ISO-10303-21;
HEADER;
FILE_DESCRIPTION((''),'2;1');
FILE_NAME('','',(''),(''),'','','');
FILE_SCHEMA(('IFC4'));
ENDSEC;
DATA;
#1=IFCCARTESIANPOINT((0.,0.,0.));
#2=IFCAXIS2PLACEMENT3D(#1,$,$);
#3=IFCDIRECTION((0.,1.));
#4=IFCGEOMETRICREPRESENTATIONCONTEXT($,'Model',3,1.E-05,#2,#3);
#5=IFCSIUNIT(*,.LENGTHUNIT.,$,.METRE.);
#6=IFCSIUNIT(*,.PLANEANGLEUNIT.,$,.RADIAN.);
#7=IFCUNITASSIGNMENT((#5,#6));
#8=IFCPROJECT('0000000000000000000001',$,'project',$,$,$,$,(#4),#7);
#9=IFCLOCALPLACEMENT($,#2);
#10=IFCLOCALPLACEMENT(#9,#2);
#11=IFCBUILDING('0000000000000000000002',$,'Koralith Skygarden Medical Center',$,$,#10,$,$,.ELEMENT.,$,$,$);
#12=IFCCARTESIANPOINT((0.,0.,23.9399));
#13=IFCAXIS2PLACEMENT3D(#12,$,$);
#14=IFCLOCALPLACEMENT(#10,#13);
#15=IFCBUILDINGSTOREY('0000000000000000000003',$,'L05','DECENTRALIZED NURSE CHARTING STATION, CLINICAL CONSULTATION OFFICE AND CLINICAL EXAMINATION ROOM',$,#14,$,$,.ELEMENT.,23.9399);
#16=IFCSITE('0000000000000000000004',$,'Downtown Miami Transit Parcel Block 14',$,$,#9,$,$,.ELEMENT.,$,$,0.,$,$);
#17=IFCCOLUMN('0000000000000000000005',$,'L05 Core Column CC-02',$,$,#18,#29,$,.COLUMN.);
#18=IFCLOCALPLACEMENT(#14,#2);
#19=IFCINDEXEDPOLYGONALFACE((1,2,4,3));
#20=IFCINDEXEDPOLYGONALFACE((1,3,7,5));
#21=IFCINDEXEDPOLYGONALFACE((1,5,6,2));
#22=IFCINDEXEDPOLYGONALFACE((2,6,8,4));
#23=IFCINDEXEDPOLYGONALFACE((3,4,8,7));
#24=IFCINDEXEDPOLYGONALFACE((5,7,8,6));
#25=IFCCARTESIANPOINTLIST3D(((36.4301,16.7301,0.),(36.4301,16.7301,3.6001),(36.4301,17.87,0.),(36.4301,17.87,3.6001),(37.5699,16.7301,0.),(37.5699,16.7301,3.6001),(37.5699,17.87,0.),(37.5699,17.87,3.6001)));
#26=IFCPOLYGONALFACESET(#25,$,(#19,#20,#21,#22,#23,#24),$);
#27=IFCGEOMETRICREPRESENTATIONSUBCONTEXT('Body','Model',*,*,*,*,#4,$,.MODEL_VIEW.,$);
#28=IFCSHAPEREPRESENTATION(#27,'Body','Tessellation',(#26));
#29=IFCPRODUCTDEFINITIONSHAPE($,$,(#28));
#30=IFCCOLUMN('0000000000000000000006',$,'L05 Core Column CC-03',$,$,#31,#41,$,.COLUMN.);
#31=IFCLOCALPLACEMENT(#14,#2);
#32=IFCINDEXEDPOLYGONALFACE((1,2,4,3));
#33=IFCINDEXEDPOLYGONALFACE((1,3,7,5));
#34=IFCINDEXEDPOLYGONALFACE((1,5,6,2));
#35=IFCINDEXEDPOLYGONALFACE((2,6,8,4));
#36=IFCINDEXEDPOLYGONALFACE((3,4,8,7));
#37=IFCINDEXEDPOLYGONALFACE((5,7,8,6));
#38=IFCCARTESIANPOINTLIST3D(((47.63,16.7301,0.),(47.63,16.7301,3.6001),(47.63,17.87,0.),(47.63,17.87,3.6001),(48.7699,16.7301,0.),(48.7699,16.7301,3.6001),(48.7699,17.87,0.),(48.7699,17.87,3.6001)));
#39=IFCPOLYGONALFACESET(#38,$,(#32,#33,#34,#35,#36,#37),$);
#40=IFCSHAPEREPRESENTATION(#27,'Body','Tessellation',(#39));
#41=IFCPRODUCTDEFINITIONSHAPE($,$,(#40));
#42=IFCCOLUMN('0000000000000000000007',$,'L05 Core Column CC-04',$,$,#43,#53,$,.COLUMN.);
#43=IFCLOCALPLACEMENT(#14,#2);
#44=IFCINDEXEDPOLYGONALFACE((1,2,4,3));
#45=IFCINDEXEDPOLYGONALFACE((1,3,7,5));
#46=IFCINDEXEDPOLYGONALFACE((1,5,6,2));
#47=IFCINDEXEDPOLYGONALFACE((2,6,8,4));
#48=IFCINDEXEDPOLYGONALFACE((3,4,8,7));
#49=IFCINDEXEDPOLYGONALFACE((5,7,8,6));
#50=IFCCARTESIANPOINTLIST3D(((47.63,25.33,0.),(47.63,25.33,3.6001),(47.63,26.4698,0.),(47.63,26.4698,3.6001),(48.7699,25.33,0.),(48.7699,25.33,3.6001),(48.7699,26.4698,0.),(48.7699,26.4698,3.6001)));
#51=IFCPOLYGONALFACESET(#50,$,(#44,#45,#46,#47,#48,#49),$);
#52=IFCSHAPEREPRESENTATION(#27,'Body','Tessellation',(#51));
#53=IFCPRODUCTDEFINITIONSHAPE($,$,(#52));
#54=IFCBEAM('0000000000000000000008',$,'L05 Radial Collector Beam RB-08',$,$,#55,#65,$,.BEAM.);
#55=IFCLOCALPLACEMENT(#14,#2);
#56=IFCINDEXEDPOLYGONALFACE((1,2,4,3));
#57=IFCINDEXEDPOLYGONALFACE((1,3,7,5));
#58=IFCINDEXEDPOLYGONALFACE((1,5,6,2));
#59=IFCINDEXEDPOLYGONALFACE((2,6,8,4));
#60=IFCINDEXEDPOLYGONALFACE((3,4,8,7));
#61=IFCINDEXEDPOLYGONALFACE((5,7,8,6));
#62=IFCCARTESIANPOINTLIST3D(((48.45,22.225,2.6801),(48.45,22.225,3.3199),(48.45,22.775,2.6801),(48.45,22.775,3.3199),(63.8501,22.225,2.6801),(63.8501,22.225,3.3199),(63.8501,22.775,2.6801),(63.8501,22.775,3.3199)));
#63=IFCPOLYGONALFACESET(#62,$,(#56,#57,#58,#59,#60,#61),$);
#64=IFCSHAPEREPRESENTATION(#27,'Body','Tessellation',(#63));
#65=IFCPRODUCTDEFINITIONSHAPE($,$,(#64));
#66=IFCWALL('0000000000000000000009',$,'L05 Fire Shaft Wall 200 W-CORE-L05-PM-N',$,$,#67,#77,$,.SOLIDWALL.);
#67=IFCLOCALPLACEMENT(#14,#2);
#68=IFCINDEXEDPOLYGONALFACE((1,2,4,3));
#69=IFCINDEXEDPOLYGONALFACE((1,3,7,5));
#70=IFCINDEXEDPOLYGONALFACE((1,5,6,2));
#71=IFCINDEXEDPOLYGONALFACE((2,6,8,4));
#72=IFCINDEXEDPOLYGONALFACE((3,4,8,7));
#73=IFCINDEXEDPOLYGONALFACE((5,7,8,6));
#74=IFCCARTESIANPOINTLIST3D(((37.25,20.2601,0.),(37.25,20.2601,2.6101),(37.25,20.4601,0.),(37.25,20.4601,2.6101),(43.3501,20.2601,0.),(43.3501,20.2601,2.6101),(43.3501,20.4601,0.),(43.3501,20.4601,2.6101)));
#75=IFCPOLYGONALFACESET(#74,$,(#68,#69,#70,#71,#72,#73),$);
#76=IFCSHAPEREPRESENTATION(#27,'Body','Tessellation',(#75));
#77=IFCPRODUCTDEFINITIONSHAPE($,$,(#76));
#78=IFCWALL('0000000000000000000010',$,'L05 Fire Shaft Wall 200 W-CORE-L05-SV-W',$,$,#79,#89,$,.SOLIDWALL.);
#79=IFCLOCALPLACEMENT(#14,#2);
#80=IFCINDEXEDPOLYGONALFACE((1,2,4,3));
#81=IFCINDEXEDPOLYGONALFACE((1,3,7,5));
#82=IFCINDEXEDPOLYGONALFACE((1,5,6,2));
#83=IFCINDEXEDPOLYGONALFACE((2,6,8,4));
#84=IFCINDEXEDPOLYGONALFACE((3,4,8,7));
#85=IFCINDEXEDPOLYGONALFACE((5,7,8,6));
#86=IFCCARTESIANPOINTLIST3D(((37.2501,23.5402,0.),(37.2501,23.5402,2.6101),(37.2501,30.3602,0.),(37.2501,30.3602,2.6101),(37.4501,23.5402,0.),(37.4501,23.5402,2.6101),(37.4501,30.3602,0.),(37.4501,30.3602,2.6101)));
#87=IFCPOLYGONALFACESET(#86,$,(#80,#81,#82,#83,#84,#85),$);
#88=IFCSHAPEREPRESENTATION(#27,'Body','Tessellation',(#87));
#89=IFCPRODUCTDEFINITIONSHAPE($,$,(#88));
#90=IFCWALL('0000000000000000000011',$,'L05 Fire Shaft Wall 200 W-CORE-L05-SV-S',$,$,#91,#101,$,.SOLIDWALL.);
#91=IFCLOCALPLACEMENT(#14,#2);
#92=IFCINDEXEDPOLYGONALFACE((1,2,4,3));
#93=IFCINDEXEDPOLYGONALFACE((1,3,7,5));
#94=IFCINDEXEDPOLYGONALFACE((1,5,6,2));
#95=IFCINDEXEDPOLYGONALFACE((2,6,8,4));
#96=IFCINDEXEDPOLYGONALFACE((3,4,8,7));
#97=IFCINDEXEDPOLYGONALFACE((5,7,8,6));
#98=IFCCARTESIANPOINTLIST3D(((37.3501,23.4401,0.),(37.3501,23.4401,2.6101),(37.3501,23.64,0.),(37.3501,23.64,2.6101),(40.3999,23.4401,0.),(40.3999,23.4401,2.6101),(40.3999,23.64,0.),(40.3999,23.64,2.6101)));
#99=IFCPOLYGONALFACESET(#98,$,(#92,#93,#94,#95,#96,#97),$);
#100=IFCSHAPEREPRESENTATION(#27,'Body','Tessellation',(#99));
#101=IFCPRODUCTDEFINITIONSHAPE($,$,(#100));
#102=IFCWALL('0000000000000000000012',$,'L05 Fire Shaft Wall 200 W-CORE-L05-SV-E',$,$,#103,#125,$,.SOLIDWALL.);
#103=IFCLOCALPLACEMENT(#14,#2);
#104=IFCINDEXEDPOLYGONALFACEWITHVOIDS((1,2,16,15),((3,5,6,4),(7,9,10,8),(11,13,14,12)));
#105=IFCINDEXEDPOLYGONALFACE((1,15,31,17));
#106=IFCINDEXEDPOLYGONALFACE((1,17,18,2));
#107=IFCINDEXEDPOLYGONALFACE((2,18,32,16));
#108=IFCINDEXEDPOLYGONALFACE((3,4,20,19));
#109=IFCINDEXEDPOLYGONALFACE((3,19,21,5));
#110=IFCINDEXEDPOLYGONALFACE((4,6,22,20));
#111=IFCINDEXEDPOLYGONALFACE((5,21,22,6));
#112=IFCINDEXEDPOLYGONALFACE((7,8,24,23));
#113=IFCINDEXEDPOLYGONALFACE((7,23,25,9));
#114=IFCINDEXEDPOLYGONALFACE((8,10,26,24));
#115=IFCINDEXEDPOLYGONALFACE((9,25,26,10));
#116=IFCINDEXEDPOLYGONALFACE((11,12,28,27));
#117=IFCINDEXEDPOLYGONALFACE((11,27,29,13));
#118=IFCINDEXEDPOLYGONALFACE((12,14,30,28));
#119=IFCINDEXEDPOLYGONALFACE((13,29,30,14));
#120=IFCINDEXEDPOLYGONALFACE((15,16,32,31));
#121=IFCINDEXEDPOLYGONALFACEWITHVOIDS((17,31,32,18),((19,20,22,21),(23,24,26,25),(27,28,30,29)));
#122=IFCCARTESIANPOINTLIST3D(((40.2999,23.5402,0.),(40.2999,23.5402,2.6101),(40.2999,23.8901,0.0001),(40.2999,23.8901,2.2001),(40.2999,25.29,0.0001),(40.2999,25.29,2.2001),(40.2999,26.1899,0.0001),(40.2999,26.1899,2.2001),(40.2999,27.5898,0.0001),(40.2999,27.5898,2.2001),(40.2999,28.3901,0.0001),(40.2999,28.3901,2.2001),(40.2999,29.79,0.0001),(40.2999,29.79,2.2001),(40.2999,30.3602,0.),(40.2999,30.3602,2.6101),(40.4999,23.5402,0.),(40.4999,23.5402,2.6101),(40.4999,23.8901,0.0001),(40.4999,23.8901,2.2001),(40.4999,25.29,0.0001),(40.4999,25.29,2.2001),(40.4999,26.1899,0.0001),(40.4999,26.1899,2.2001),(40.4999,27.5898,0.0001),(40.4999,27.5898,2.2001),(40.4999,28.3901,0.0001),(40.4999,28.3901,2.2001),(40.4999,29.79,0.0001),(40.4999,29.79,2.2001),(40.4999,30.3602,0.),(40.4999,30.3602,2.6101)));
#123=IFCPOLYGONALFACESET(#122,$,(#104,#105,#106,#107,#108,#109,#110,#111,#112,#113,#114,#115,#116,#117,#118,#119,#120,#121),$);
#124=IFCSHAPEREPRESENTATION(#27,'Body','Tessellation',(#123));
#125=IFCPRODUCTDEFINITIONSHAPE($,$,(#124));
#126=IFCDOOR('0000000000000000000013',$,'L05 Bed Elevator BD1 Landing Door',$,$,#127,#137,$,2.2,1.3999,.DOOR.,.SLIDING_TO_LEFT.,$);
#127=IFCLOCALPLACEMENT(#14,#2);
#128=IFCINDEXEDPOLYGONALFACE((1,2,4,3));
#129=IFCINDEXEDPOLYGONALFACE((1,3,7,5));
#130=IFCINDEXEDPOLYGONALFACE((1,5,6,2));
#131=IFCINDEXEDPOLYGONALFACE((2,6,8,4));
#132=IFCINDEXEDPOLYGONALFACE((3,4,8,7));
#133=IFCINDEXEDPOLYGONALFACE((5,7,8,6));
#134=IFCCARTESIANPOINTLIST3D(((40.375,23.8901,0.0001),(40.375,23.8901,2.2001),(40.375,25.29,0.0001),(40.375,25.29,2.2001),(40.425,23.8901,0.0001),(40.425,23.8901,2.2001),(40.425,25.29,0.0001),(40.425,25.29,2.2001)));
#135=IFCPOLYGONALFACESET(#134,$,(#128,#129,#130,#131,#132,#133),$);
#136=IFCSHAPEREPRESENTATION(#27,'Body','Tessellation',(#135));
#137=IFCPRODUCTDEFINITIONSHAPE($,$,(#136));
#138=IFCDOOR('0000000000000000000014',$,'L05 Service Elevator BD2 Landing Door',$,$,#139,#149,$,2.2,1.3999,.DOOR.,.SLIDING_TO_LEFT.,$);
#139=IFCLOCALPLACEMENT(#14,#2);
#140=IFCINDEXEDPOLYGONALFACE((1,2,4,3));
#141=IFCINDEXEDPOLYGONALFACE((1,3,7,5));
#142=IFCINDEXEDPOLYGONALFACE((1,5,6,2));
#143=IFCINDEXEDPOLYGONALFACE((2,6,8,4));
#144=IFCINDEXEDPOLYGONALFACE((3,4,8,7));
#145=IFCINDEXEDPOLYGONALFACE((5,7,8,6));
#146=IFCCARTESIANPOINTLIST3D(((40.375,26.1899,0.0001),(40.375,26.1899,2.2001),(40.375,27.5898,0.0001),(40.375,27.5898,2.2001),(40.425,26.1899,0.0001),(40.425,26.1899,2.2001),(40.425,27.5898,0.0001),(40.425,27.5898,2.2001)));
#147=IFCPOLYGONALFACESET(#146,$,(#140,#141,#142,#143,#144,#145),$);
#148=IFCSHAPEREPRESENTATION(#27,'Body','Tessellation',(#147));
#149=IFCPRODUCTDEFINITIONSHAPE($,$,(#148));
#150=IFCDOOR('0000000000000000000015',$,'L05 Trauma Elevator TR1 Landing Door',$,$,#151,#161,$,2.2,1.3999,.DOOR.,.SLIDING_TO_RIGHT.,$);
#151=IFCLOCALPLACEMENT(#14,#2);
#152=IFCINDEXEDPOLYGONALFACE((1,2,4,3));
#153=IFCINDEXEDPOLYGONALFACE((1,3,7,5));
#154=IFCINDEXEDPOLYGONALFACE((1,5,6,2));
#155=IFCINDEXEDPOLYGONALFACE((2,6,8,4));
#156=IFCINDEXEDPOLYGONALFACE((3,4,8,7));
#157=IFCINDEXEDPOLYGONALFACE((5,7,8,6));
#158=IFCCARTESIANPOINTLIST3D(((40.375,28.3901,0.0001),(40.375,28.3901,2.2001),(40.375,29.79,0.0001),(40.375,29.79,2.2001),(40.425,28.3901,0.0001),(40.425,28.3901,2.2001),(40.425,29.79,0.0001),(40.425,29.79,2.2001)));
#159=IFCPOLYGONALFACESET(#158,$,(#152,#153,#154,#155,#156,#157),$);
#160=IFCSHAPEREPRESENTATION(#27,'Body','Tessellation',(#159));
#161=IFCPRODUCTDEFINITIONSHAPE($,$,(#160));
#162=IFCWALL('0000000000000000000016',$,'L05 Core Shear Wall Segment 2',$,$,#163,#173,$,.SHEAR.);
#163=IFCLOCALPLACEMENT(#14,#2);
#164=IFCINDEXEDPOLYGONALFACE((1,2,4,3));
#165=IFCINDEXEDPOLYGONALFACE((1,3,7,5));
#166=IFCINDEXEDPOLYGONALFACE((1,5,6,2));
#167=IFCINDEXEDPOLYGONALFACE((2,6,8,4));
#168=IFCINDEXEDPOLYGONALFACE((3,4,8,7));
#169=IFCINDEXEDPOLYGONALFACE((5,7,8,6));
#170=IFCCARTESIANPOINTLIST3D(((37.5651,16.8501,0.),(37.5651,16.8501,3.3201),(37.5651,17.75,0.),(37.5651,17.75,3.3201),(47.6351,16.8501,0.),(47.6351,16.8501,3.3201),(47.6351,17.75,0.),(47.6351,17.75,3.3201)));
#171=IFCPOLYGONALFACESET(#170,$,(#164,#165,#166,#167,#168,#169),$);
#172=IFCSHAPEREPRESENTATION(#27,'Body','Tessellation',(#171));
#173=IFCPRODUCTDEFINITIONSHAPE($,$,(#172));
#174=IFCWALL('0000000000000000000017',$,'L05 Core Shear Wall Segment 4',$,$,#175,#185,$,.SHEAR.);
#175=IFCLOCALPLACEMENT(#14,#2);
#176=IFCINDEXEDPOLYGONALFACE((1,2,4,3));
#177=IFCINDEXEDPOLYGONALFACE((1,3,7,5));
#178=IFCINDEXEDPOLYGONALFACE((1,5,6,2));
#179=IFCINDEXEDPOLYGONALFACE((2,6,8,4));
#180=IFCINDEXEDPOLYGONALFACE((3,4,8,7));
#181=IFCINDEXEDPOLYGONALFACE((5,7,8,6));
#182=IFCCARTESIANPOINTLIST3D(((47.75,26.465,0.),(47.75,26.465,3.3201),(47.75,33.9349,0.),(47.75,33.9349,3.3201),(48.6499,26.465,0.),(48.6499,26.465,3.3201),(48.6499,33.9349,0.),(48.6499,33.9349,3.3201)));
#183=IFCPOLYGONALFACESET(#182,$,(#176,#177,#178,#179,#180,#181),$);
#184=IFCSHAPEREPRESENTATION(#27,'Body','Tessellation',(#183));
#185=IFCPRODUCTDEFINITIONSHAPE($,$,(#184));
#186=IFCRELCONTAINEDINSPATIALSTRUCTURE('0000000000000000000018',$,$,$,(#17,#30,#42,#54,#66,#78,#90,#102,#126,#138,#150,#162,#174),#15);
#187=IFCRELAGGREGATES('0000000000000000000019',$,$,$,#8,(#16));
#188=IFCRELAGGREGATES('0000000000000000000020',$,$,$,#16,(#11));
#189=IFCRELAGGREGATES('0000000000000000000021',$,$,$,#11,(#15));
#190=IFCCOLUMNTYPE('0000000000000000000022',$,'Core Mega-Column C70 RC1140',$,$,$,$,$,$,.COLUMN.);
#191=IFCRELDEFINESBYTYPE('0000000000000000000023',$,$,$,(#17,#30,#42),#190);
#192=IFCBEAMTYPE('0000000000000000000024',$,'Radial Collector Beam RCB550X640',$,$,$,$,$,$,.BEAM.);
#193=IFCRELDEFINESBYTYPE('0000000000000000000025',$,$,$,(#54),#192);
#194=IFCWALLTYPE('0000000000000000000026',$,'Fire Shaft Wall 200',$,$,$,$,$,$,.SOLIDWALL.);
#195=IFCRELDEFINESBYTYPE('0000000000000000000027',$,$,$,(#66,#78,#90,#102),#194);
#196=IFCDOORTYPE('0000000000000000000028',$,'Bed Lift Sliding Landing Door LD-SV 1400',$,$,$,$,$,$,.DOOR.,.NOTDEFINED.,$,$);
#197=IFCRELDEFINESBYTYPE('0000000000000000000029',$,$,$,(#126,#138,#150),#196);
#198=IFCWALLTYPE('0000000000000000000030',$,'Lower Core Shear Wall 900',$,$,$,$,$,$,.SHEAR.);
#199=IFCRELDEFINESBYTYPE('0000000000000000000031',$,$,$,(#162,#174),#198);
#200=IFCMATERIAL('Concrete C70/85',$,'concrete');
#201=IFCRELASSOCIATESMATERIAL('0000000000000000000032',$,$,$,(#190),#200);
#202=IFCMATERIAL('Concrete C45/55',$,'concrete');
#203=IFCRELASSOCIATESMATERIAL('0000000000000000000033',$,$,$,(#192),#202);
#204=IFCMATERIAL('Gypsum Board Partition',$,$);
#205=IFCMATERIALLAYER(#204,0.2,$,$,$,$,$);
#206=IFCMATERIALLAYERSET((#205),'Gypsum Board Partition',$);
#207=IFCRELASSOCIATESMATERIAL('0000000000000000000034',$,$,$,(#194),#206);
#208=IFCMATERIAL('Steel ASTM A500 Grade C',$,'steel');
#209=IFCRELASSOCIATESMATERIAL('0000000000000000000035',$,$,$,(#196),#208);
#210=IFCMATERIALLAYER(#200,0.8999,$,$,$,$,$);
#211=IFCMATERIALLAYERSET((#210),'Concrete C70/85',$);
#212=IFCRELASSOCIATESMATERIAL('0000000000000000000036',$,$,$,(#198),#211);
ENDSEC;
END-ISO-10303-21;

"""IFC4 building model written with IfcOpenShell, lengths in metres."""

from ifc_helpers import new_model, si_unit, direction, frame, frame_2d, origin, origin_2d, place, context, subcontext, project, spatial, rectangle, extrude, material, layer, layer_set, material_profile, profile_set, type_object, element, fill, save


model = new_model("IFC4")

# Units and contexts
model_context = context("Model", 3, precision=1e-05, world=origin(), true_north=direction((0.0, 1.0)))
body_context = subcontext(model_context, "Body", "Model", "MODEL_VIEW")
ifc_project = project(units=[si_unit("LENGTHUNIT", "METRE"), si_unit("PLANEANGLEUNIT", "RADIAN")], contexts=[model_context])

# Site, building, storey
site_placement = place(None, origin())
site = spatial("IfcSite", under=ifc_project, at=site_placement, Name="Downtown Miami Transit Parcel Block 14", CompositionType="ELEMENT", RefElevation=0.0)
building_placement = place(site_placement, origin())
building = spatial("IfcBuilding", under=site, at=building_placement, Name="Koralith Skygarden Medical Center", CompositionType="ELEMENT")
storey_placement = place(building_placement, frame((0.0, 0.0, 23.9399)))
storey = spatial("IfcBuildingStorey", under=building, at=storey_placement, Name="L05", Description="DECENTRALIZED NURSE CHARTING STATION, CLINICAL CONSULTATION OFFICE AND CLINICAL EXAMINATION ROOM", CompositionType="ELEMENT", Elevation=23.9399)

# Columns
ifc_material_1 = material(Name="Concrete C70/85", Category="concrete")
ifc_material_profile_1 = material_profile(ifc_material_1, rectangle(XDim=1.1399, YDim=1.1399, at=origin_2d()), Name="RC1140X1140")
ifc_profile_set_1 = profile_set([ifc_material_profile_1], Name="Concrete C70/85")
column_type = type_object("IfcColumnType", Name="Core Mega-Column C70 RC1140", PredefinedType="COLUMN", material=ifc_profile_set_1)
for number, where, z_axis, x_axis, name in (
    (1, (37.0, 17.3, 0.0), (0.0, 0.0, 1.0), (1.0, 0.0, 0.0), "L05 Core Column CC-02"),
    (2, (48.2, 17.3, 0.0), (0.0, 0.0, 1.0), (1.0, 0.0, 0.0), "L05 Core Column CC-03"),
    (3, (48.2, 25.8999, 0.0), (0.0, 0.0, 1.0), (1.0, 0.0, 0.0), "L05 Core Column CC-04"),
):
    element("IfcColumn", number, at=place(storey_placement, frame(where, z_axis=z_axis, x_axis=x_axis)), inside=storey, type_object=column_type, Name=name, PredefinedType="COLUMN", context=body_context, shape_type="SweptSolid", body=[
        extrude(rectangle(XDim=1.1399, YDim=1.1399, at=origin_2d()), origin(), (0.0, 0.0, 1.0), 3.6001),
    ])

# Beam
ifc_material_2 = material(Name="Concrete C45/55", Category="concrete")
ifc_material_profile_2 = material_profile(ifc_material_2, rectangle(XDim=0.55, YDim=0.6399, at=origin_2d()), Name="RCB550X640")
ifc_profile_set_2 = profile_set([ifc_material_profile_2], Name="Concrete C45/55")
beam_type = type_object("IfcBeamType", Name="Radial Collector Beam RCB550X640", PredefinedType="BEAM", material=ifc_profile_set_2)
beam_placement = place(storey_placement, frame((48.45, 22.5, 3.0), z_axis=(1.0, 0.0, 0.0), x_axis=(0.0, 1.0, 0.0)))
element("IfcBeam", 4, at=beam_placement, inside=storey, type_object=beam_type, Name="L05 Radial Collector Beam RB-08", PredefinedType="BEAM", context=body_context, shape_type="SweptSolid", body=[
    extrude(rectangle(XDim=0.55, YDim=0.6399, at=origin_2d()), origin(), (0.0, 0.0, 1.0), 15.4001),
])

# Shared definitions
ifc_material_3 = material(Name="Gypsum Board Partition")
ifc_layer_1 = layer(ifc_material_3, 0.2)
ifc_layer_set_1 = layer_set([ifc_layer_1], Name="Gypsum Board Partition")
wall_type_1 = type_object("IfcWallType", Name="Fire Shaft Wall 200", PredefinedType="SOLIDWALL", material=ifc_layer_set_1)
ifc_material_4 = material(Name="Steel ASTM A500 Grade C", Category="steel")

# Walls
wall_1_placement = place(storey_placement, frame((37.25, 20.3601, 0.0), z_axis=(0.0, 0.0, 1.0), x_axis=(1.0, 0.0, 0.0)))
element("IfcWall", 5, at=wall_1_placement, inside=storey, type_object=wall_type_1, Name="L05 Fire Shaft Wall 200 W-CORE-L05-PM-N", PredefinedType="SOLIDWALL", context=body_context, shape_type="SweptSolid", body=[
    extrude(rectangle(XDim=6.1001, YDim=0.2, at=frame_2d((3.05, 0.0))), origin(), (0.0, 0.0, 1.0), 2.6101),
])
wall_2_placement = place(storey_placement, frame((37.3501, 23.54, 0.0), z_axis=(0.0, 0.0, 1.0), x_axis=(0.0, 1.0, 0.0)))
element("IfcWall", 6, at=wall_2_placement, inside=storey, type_object=wall_type_1, Name="L05 Fire Shaft Wall 200 W-CORE-L05-SV-W", PredefinedType="SOLIDWALL", context=body_context, shape_type="SweptSolid", body=[
    extrude(rectangle(XDim=6.8201, YDim=0.2, at=frame_2d((3.4102, 0.0))), origin(), (0.0, 0.0, 1.0), 2.6101),
])
wall_3_placement = place(storey_placement, frame((37.3501, 23.54, 0.0), z_axis=(0.0, 0.0, 1.0), x_axis=(1.0, 0.0, 0.0)))
element("IfcWall", 7, at=wall_3_placement, inside=storey, type_object=wall_type_1, Name="L05 Fire Shaft Wall 200 W-CORE-L05-SV-S", PredefinedType="SOLIDWALL", context=body_context, shape_type="SweptSolid", body=[
    extrude(rectangle(XDim=3.0498, YDim=0.2, at=frame_2d((1.5249, 0.0))), origin(), (0.0, 0.0, 1.0), 2.6101),
])

# Wall, openings, doors
wall_4_placement = place(storey_placement, frame((40.3999, 23.54, 0.0), z_axis=(0.0, 0.0, 1.0), x_axis=(0.0, 1.0, 0.0)))
wall_4 = element("IfcWall", 8, at=wall_4_placement, inside=storey, type_object=wall_type_1, Name="L05 Fire Shaft Wall 200 W-CORE-L05-SV-E", PredefinedType="SOLIDWALL", context=body_context, shape_type="SweptSolid", body=[
    extrude(rectangle(XDim=6.8201, YDim=0.2, at=frame_2d((3.4102, 0.0))), origin(), (0.0, 0.0, 1.0), 2.6101),
])
opening_1_placement = place(wall_4_placement, frame((0.3501, 0.0, 0.0)))
opening_1 = element("IfcOpeningElement", 9, at=opening_1_placement, cuts=wall_4, PredefinedType="OPENING", context=body_context, shape_type="SweptSolid", body=[
    extrude(rectangle(XDim=1.3999, YDim=2.2, at=frame_2d((0.7, 1.1001))), frame((0.0, 0.1099, 0.0), z_axis=(0.0, -1.0, 0.0), x_axis=(1.0, 0.0, 0.0)), (0.0, 0.0, 1.0), 0.22),
])
opening_2_placement = place(wall_4_placement, frame((2.6499, 0.0, 0.0)))
opening_2 = element("IfcOpeningElement", 10, at=opening_2_placement, cuts=wall_4, PredefinedType="OPENING", context=body_context, shape_type="SweptSolid", body=[
    extrude(rectangle(XDim=1.3999, YDim=2.2, at=frame_2d((0.7, 1.1001))), frame((0.0, 0.1099, 0.0), z_axis=(0.0, -1.0, 0.0), x_axis=(1.0, 0.0, 0.0)), (0.0, 0.0, 1.0), 0.22),
])
opening_3_placement = place(wall_4_placement, frame((4.8501, 0.0, 0.0)))
opening_3 = element("IfcOpeningElement", 11, at=opening_3_placement, cuts=wall_4, PredefinedType="OPENING", context=body_context, shape_type="SweptSolid", body=[
    extrude(rectangle(XDim=1.3999, YDim=2.2, at=frame_2d((0.7, 1.1001))), frame((0.0, 0.1099, 0.0), z_axis=(0.0, -1.0, 0.0), x_axis=(1.0, 0.0, 0.0)), (0.0, 0.0, 1.0), 0.22),
])
door_type_1 = type_object("IfcDoorType", Name="Bed Lift Sliding Landing Door LD-SV 1400", OperationType="NOTDEFINED", PredefinedType="DOOR", material=ifc_material_4)
door_1_placement = place(opening_1_placement, origin())
door_1 = element("IfcDoor", 12, at=door_1_placement, inside=storey, type_object=door_type_1, Name="L05 Bed Elevator BD1 Landing Door", OperationType="SLIDING_TO_LEFT", OverallHeight=2.2, OverallWidth=1.3999, PredefinedType="DOOR", context=body_context, shape_type="SweptSolid", body=[
    extrude(rectangle(XDim=1.3999, YDim=2.2, at=frame_2d((0.7, 1.1001))), frame((0.0, 0.0249, 0.0), z_axis=(0.0, -1.0, 0.0), x_axis=(1.0, 0.0, 0.0)), (0.0, 0.0, 1.0), 0.05),
])
fill(opening_1, door_1)
door_2_placement = place(opening_2_placement, origin())
door_2 = element("IfcDoor", 13, at=door_2_placement, inside=storey, type_object=door_type_1, Name="L05 Service Elevator BD2 Landing Door", OperationType="SLIDING_TO_LEFT", OverallHeight=2.2, OverallWidth=1.3999, PredefinedType="DOOR", context=body_context, shape_type="SweptSolid", body=[
    extrude(rectangle(XDim=1.3999, YDim=2.2, at=frame_2d((0.7, 1.1001))), frame((0.0, 0.0249, 0.0), z_axis=(0.0, -1.0, 0.0), x_axis=(1.0, 0.0, 0.0)), (0.0, 0.0, 1.0), 0.05),
])
fill(opening_2, door_2)
door_3_placement = place(opening_3_placement, origin())
door_3 = element("IfcDoor", 14, at=door_3_placement, inside=storey, type_object=door_type_1, Name="L05 Trauma Elevator TR1 Landing Door", OperationType="SLIDING_TO_RIGHT", OverallHeight=2.2, OverallWidth=1.3999, PredefinedType="DOOR", context=body_context, shape_type="SweptSolid", body=[
    extrude(rectangle(XDim=1.3999, YDim=2.2, at=frame_2d((0.7, 1.1001))), frame((0.0, 0.0249, 0.0), z_axis=(0.0, -1.0, 0.0), x_axis=(1.0, 0.0, 0.0)), (0.0, 0.0, 1.0), 0.05),
])
fill(opening_3, door_3)

# Wall
ifc_layer_2 = layer(ifc_material_1, 0.8999)
ifc_layer_set_2 = layer_set([ifc_layer_2], Name="Concrete C70/85")
wall_type_2 = type_object("IfcWallType", Name="Lower Core Shear Wall 900", PredefinedType="SHEAR", material=ifc_layer_set_2)
wall_5_placement = place(storey_placement, frame((37.5649, 17.3, 0.0), z_axis=(0.0, 0.0, 1.0), x_axis=(1.0, 0.0, 0.0)))
element("IfcWall", 15, at=wall_5_placement, inside=storey, type_object=wall_type_2, Name="L05 Core Shear Wall Segment 2", PredefinedType="SHEAR", context=body_context, shape_type="SweptSolid", body=[
    extrude(rectangle(XDim=10.0701, YDim=0.8999, at=frame_2d((5.0352, 0.0))), origin(), (0.0, 0.0, 1.0), 3.3201),
])

# Wall
wall_6_placement = place(storey_placement, frame((48.2, 26.4651, 0.0), z_axis=(0.0, 0.0, 1.0), x_axis=(0.0, 1.0, 0.0)))
element("IfcWall", 16, at=wall_6_placement, inside=storey, type_object=wall_type_2, Name="L05 Core Shear Wall Segment 4", PredefinedType="SHEAR", context=body_context, shape_type="SweptSolid", body=[
    extrude(rectangle(XDim=7.47, YDim=0.8999, at=frame_2d((3.7349, 0.0))), origin(), (0.0, 0.0, 1.0), 3.3201),
])

save(model, "model.ifc")
